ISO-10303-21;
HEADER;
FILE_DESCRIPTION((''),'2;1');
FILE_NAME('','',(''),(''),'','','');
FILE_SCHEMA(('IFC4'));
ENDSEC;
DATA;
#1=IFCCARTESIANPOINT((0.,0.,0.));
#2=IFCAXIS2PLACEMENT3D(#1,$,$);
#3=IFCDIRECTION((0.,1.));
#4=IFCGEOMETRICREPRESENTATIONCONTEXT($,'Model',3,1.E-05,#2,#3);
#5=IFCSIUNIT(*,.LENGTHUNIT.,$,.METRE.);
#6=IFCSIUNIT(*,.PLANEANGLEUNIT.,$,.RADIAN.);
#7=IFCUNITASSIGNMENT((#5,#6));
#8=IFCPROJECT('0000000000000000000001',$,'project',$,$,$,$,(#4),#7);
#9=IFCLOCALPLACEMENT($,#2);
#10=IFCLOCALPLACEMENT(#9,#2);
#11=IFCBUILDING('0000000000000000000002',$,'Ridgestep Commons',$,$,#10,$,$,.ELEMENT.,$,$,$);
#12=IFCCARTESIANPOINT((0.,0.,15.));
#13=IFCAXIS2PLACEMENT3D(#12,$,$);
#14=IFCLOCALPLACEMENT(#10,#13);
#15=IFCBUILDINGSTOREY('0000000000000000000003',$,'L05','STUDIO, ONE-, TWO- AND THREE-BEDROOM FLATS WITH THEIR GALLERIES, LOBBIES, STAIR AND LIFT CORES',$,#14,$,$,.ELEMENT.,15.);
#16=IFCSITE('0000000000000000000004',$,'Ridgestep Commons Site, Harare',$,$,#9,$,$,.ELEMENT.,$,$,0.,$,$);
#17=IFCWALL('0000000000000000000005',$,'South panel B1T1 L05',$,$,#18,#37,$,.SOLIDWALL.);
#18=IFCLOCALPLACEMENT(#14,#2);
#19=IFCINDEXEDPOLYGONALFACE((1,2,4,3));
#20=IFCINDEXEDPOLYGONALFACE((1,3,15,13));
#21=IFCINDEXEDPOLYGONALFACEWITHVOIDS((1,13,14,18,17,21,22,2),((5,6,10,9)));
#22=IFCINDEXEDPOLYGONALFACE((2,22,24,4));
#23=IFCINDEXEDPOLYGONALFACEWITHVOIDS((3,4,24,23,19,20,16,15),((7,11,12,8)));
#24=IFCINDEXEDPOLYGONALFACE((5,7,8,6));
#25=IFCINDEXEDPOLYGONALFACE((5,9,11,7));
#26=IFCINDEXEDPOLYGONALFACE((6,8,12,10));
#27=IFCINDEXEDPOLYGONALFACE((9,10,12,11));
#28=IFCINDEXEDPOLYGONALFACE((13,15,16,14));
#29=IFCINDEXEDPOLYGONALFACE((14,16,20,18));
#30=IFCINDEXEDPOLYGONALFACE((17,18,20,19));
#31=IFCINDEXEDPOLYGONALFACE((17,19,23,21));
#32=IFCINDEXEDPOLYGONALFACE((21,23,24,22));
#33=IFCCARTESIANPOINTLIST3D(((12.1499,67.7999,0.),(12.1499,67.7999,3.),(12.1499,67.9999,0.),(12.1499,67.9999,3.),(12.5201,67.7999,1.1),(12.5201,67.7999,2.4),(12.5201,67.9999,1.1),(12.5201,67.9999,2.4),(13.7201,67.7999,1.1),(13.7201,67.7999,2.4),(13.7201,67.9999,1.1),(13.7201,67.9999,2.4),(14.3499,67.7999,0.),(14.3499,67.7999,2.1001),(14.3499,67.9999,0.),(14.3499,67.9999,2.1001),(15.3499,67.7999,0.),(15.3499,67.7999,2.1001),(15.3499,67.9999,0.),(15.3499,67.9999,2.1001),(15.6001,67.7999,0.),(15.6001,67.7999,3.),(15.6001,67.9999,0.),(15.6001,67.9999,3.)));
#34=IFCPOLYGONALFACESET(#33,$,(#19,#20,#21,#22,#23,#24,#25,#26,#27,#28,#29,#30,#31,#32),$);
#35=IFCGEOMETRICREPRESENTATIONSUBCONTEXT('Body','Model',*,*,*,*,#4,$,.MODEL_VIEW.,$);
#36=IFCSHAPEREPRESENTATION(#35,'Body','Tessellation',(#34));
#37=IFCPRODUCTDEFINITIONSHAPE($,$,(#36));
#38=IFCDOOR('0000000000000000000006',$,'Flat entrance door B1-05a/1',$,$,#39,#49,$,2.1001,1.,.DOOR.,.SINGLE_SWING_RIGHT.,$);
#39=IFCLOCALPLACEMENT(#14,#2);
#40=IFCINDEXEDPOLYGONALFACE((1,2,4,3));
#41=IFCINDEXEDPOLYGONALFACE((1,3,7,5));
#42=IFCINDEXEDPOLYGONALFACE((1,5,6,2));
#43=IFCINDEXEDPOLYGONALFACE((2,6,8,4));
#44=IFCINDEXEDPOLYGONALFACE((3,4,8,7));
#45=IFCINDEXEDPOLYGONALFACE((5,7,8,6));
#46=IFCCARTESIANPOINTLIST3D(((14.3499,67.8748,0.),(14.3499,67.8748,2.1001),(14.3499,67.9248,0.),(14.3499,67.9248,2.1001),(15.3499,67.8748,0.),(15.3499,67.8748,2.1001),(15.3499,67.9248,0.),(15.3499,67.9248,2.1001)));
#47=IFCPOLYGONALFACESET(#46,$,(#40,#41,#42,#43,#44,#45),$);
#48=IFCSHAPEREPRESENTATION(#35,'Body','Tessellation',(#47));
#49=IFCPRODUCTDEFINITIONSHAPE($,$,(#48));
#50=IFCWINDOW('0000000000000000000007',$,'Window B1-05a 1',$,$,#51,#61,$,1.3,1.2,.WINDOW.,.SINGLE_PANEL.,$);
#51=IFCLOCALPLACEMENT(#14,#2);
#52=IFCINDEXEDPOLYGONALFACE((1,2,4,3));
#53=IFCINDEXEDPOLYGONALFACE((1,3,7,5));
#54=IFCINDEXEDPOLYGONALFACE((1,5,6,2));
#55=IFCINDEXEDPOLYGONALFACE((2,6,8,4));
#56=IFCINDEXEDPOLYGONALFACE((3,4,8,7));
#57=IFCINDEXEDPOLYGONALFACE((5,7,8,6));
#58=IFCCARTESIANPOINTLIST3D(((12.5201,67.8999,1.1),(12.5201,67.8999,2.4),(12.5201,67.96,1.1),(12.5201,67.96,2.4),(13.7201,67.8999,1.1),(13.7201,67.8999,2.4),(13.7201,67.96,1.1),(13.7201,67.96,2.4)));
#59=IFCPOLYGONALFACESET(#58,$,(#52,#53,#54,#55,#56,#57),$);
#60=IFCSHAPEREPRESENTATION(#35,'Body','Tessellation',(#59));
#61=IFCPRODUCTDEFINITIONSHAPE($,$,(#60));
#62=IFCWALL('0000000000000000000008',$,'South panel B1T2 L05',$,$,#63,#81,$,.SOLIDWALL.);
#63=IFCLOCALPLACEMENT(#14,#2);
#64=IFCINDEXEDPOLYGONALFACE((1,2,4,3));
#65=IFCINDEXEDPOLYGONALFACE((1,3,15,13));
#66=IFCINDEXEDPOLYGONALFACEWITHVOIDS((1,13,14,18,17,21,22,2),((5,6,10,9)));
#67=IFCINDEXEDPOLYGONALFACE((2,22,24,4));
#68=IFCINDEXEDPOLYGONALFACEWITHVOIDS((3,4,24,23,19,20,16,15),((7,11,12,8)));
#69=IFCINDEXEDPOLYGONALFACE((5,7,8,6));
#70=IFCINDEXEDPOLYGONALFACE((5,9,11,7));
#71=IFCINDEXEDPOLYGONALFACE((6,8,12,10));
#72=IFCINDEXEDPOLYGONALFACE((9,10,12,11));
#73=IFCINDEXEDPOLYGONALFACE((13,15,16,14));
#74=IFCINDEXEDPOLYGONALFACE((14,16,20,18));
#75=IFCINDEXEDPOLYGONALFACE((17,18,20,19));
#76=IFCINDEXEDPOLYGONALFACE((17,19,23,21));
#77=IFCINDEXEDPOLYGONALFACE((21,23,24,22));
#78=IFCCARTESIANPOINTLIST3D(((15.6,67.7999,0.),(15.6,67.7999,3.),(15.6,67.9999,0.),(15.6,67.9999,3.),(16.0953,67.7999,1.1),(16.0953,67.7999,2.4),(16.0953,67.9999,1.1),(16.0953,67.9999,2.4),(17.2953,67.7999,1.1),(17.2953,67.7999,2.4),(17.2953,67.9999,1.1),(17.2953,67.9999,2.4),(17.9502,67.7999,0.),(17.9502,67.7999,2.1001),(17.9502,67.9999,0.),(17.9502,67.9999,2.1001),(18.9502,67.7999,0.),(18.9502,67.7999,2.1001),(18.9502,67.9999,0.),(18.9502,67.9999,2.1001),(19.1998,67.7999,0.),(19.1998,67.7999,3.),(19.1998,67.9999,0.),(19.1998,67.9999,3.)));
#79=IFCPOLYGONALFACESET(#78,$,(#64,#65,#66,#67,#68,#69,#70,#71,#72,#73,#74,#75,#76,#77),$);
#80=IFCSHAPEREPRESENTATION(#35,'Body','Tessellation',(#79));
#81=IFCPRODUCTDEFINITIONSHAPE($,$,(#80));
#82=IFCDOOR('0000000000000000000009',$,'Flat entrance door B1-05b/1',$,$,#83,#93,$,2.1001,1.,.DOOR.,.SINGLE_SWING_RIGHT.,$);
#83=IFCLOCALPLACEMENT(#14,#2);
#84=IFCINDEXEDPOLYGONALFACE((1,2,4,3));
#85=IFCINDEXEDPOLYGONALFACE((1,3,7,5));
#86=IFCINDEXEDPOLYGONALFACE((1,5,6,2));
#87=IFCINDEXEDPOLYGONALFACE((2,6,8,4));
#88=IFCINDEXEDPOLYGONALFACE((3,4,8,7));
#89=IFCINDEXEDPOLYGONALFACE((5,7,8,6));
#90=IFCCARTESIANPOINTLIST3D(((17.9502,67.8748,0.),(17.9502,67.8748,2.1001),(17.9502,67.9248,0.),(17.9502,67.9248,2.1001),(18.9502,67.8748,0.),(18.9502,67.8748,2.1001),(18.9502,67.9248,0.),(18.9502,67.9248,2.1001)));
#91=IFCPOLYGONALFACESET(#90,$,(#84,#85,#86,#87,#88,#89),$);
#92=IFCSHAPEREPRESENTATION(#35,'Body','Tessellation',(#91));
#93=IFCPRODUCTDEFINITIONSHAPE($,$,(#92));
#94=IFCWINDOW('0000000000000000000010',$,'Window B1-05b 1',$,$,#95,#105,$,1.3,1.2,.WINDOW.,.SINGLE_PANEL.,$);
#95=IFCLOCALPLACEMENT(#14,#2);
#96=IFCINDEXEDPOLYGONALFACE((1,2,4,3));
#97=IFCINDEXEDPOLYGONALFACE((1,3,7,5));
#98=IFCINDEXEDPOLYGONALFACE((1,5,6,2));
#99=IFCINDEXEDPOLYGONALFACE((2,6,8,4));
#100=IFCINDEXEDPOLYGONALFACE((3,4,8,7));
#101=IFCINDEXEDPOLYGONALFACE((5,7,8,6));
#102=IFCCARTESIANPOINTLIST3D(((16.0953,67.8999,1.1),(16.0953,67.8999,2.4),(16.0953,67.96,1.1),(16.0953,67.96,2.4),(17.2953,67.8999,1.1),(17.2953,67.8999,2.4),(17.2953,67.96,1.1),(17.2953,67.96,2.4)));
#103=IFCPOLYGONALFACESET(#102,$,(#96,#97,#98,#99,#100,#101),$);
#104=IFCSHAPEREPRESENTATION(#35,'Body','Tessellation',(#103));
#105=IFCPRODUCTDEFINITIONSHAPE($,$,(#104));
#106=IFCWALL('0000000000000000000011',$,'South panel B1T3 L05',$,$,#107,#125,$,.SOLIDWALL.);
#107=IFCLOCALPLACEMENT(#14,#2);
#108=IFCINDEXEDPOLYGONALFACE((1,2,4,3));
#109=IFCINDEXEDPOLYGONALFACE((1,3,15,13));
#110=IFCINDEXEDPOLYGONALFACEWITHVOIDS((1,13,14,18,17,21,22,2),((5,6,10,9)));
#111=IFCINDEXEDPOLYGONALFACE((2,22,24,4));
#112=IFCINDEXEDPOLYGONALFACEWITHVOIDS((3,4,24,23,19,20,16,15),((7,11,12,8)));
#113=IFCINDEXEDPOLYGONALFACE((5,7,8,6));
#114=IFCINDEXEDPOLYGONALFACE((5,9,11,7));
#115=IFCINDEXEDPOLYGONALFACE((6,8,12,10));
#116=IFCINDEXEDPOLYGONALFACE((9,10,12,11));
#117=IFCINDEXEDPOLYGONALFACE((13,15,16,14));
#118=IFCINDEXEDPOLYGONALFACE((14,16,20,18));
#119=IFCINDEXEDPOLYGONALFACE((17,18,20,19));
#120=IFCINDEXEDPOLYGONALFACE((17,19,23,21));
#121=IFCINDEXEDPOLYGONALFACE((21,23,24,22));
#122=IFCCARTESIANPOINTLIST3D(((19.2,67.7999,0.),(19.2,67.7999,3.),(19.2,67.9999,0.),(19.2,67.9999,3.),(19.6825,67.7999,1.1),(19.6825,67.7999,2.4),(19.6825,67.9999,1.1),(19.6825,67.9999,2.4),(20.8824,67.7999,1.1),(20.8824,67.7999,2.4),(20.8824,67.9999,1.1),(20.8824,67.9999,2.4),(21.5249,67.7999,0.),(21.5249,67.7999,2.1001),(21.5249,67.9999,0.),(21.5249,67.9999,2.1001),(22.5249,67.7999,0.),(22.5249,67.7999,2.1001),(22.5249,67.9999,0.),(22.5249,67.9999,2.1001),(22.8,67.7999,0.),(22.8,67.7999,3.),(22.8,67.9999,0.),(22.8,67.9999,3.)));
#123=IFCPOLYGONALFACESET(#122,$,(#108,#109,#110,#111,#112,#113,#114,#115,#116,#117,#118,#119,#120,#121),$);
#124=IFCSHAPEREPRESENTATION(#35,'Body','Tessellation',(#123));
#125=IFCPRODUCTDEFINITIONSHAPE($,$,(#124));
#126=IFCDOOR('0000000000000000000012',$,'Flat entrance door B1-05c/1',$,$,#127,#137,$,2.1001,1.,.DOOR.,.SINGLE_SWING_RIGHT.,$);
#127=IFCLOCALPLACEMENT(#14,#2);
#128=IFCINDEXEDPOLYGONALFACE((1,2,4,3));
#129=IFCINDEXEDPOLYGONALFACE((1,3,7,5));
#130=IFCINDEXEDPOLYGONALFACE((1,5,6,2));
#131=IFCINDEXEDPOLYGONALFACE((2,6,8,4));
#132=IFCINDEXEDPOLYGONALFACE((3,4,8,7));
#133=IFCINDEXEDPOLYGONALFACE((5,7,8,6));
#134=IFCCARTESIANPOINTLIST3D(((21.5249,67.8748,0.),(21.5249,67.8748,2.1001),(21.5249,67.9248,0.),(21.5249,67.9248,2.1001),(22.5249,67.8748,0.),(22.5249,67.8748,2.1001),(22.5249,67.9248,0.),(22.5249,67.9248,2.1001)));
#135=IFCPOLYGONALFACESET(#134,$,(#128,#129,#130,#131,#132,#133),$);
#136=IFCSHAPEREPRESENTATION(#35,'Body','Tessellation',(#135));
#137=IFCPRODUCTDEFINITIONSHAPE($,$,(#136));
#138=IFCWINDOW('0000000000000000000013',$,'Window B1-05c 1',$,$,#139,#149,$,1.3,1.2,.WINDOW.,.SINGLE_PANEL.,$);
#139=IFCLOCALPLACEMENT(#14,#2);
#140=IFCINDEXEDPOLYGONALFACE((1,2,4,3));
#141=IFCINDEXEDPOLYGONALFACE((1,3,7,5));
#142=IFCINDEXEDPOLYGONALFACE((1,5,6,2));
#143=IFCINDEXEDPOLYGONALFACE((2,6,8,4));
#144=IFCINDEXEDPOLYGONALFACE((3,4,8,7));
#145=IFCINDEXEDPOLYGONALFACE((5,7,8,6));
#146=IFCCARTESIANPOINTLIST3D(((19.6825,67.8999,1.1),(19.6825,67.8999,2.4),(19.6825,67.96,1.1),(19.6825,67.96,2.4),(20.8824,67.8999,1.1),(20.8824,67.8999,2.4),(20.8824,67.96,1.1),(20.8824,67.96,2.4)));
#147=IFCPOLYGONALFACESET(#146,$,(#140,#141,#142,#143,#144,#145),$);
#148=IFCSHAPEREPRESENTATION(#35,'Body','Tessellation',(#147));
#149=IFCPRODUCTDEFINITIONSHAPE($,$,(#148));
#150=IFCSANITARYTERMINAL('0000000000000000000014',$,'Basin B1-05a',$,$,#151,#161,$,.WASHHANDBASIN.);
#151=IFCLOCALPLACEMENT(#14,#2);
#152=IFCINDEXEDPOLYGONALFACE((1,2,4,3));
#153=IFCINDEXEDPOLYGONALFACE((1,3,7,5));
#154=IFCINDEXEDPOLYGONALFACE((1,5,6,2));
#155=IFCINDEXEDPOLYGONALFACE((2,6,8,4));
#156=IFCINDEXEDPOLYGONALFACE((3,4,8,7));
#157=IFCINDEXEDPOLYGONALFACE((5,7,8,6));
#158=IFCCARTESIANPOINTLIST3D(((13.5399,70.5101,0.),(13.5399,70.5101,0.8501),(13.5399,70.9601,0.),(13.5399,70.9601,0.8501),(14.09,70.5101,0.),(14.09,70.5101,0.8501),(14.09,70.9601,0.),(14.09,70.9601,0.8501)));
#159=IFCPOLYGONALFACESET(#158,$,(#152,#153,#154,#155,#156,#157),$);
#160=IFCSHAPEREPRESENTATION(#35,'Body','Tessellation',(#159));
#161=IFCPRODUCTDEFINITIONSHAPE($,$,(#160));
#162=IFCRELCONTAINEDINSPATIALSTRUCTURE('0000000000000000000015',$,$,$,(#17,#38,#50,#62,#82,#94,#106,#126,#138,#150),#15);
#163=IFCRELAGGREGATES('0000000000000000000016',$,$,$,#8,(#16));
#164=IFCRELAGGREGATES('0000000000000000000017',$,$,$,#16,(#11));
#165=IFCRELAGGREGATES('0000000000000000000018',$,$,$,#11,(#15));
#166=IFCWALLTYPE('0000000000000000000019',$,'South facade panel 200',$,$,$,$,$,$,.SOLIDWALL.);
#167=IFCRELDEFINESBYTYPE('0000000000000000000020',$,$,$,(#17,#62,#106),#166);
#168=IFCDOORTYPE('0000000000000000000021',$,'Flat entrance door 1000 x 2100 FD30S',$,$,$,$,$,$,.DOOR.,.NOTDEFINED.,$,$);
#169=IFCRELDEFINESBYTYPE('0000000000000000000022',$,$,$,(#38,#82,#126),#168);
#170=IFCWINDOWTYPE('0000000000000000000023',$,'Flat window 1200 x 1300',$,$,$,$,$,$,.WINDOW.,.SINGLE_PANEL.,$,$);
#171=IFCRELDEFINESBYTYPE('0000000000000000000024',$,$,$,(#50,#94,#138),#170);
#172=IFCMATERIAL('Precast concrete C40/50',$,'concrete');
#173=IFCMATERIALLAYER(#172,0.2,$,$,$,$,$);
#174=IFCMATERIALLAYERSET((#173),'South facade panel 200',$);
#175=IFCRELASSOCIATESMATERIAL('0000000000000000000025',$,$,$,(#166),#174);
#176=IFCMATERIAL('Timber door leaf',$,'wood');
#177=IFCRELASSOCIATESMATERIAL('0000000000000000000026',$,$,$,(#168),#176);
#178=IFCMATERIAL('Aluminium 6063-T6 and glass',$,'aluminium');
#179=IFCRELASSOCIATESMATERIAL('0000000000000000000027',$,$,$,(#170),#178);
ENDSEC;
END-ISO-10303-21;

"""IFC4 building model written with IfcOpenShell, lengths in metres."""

from ifc_helpers import new_model, si_unit, direction, frame, frame_2d, origin, origin_2d, place, context, subcontext, project, spatial, rectangle, extrude, material, layer, layer_set, type_object, element, fill, save


model = new_model("IFC4")

# Units and contexts
model_context = context("Model", 3, precision=1e-05, world=origin(), true_north=direction((0.0, 1.0)))
body_context = subcontext(model_context, "Body", "Model", "MODEL_VIEW")
ifc_project = project(units=[si_unit("LENGTHUNIT", "METRE"), si_unit("PLANEANGLEUNIT", "RADIAN")], contexts=[model_context])

# Site, building, storey
site_placement = place(None, origin())
site = spatial("IfcSite", under=ifc_project, at=site_placement, Name="Ridgestep Commons Site, Harare", CompositionType="ELEMENT", RefElevation=0.0)
building_placement = place(site_placement, origin())
building = spatial("IfcBuilding", under=site, at=building_placement, Name="Ridgestep Commons", CompositionType="ELEMENT")
storey_placement = place(building_placement, frame((0.0, 0.0, 15.0)))
storey = spatial("IfcBuildingStorey", under=building, at=storey_placement, Name="L05", Description="STUDIO, ONE-, TWO- AND THREE-BEDROOM FLATS WITH THEIR GALLERIES, LOBBIES, STAIR AND LIFT CORES", CompositionType="ELEMENT", Elevation=15.0)

# Walls, openings, doors, windows
ifc_material_1 = material(Name="Precast concrete C40/50", Category="concrete")
ifc_layer_1 = layer(ifc_material_1, 0.2)
ifc_layer_set_1 = layer_set([ifc_layer_1], Name="South facade panel 200")
wall_type_1 = type_object("IfcWallType", Name="South facade panel 200", PredefinedType="SOLIDWALL", material=ifc_layer_set_1)
wall_1_placement = place(storey_placement, frame((12.1499, 67.8999, 0.0), z_axis=(0.0, 0.0, 1.0), x_axis=(1.0, 0.0, 0.0)))
wall_1 = element("IfcWall", 1, at=wall_1_placement, inside=storey, type_object=wall_type_1, Name="South panel B1T1 L05", PredefinedType="SOLIDWALL", context=body_context, shape_type="SweptSolid", body=[
    extrude(rectangle(XDim=3.4502, YDim=0.2, at=frame_2d((1.7251, 0.0))), origin(), (0.0, 0.0, 1.0), 3.0),
])
opening_1_placement = place(wall_1_placement, frame((0.3701, 0.0, 1.1001)))
opening_1 = element("IfcOpeningElement", 2, at=opening_1_placement, cuts=wall_1, PredefinedType="OPENING", context=body_context, shape_type="SweptSolid", body=[
    extrude(rectangle(XDim=1.2, YDim=1.3, at=frame_2d((0.6001, 0.6499))), frame((0.0, 0.1099, 0.0), z_axis=(0.0, -1.0, 0.0), x_axis=(1.0, 0.0, 0.0)), (0.0, 0.0, 1.0), 0.22),
])
opening_2_placement = place(wall_1_placement, frame((2.2, 0.0, 0.0)))
opening_2 = element("IfcOpeningElement", 3, at=opening_2_placement, cuts=wall_1, PredefinedType="OPENING", context=body_context, shape_type="SweptSolid", body=[
    extrude(rectangle(XDim=1.0, YDim=2.1001, at=frame_2d((0.5, 1.05))), frame((0.0, 0.1099, 0.0), z_axis=(0.0, -1.0, 0.0), x_axis=(1.0, 0.0, 0.0)), (0.0, 0.0, 1.0), 0.22),
])
ifc_material_2 = material(Name="Timber door leaf", Category="wood")
door_type_1 = type_object("IfcDoorType", Name="Flat entrance door 1000 x 2100 FD30S", OperationType="NOTDEFINED", PredefinedType="DOOR", material=ifc_material_2)
door_1_placement = place(opening_2_placement, origin())
door_1 = element("IfcDoor", 4, at=door_1_placement, inside=storey, type_object=door_type_1, Name="Flat entrance door B1-05a/1", OperationType="SINGLE_SWING_RIGHT", OverallHeight=2.1001, OverallWidth=1.0, PredefinedType="DOOR", context=body_context, shape_type="SweptSolid", body=[
    extrude(rectangle(XDim=1.0, YDim=2.1001, at=frame_2d((0.5, 1.05))), frame((0.0, 0.0249, 0.0), z_axis=(0.0, -1.0, 0.0), x_axis=(1.0, 0.0, 0.0)), (0.0, 0.0, 1.0), 0.05),
])
fill(opening_2, door_1)
ifc_material_3 = material(Name="Aluminium 6063-T6 and glass", Category="aluminium")
window_type = type_object("IfcWindowType", Name="Flat window 1200 x 1300", PartitioningType="SINGLE_PANEL", PredefinedType="WINDOW", material=ifc_material_3)
window_1_placement = place(opening_1_placement, origin())
window_1 = element("IfcWindow", 5, at=window_1_placement, inside=storey, type_object=window_type, Name="Window B1-05a 1", OverallHeight=1.3, OverallWidth=1.2, PartitioningType="SINGLE_PANEL", PredefinedType="WINDOW", context=body_context, shape_type="SweptSolid", body=[
    extrude(rectangle(XDim=1.2, YDim=1.3, at=frame_2d((0.6001, 0.6499))), frame((0.0, 0.0601, 0.0), z_axis=(0.0, -1.0, 0.0), x_axis=(1.0, 0.0, 0.0)), (0.0, 0.0, 1.0), 0.0601),
])
fill(opening_1, window_1)
wall_2_placement = place(storey_placement, frame((15.6001, 67.8999, 0.0), z_axis=(0.0, 0.0, 1.0), x_axis=(1.0, 0.0, 0.0)))
wall_2 = element("IfcWall", 6, at=wall_2_placement, inside=storey, type_object=wall_type_1, Name="South panel B1T2 L05", PredefinedType="SOLIDWALL", context=body_context, shape_type="SweptSolid", body=[
    extrude(rectangle(XDim=3.5999, YDim=0.2, at=frame_2d((1.7998, 0.0))), origin(), (0.0, 0.0, 1.0), 3.0),
])
opening_3_placement = place(wall_2_placement, frame((0.4951, 0.0, 1.1001)))
opening_3 = element("IfcOpeningElement", 7, at=opening_3_placement, cuts=wall_2, PredefinedType="OPENING", context=body_context, shape_type="SweptSolid", body=[
    extrude(rectangle(XDim=1.2, YDim=1.3, at=frame_2d((0.6001, 0.6499))), frame((0.0, 0.1099, 0.0), z_axis=(0.0, -1.0, 0.0), x_axis=(1.0, 0.0, 0.0)), (0.0, 0.0, 1.0), 0.22),
])
opening_4_placement = place(wall_2_placement, frame((2.3501, 0.0, 0.0)))
opening_4 = element("IfcOpeningElement", 8, at=opening_4_placement, cuts=wall_2, PredefinedType="OPENING", context=body_context, shape_type="SweptSolid", body=[
    extrude(rectangle(XDim=1.0, YDim=2.1001, at=frame_2d((0.5, 1.05))), frame((0.0, 0.1099, 0.0), z_axis=(0.0, -1.0, 0.0), x_axis=(1.0, 0.0, 0.0)), (0.0, 0.0, 1.0), 0.22),
])
door_2_placement = place(opening_4_placement, origin())
door_2 = element("IfcDoor", 9, at=door_2_placement, inside=storey, type_object=door_type_1, Name="Flat entrance door B1-05b/1", OperationType="SINGLE_SWING_RIGHT", OverallHeight=2.1001, OverallWidth=1.0, PredefinedType="DOOR", context=body_context, shape_type="SweptSolid", body=[
    extrude(rectangle(XDim=1.0, YDim=2.1001, at=frame_2d((0.5, 1.05))), frame((0.0, 0.0249, 0.0), z_axis=(0.0, -1.0, 0.0), x_axis=(1.0, 0.0, 0.0)), (0.0, 0.0, 1.0), 0.05),
])
fill(opening_4, door_2)
window_2_placement = place(opening_3_placement, origin())
window_2 = element("IfcWindow", 10, at=window_2_placement, inside=storey, type_object=window_type, Name="Window B1-05b 1", OverallHeight=1.3, OverallWidth=1.2, PartitioningType="SINGLE_PANEL", PredefinedType="WINDOW", context=body_context, shape_type="SweptSolid", body=[
    extrude(rectangle(XDim=1.2, YDim=1.3, at=frame_2d((0.6001, 0.6499))), frame((0.0, 0.0601, 0.0), z_axis=(0.0, -1.0, 0.0), x_axis=(1.0, 0.0, 0.0)), (0.0, 0.0, 1.0), 0.0601),
])
fill(opening_3, window_2)
wall_3_placement = place(storey_placement, frame((19.2, 67.8999, 0.0), z_axis=(0.0, 0.0, 1.0), x_axis=(1.0, 0.0, 0.0)))
wall_3 = element("IfcWall", 11, at=wall_3_placement, inside=storey, type_object=wall_type_1, Name="South panel B1T3 L05", PredefinedType="SOLIDWALL", context=body_context, shape_type="SweptSolid", body=[
    extrude(rectangle(XDim=3.6001, YDim=0.2, at=frame_2d((1.8, 0.0))), origin(), (0.0, 0.0, 1.0), 3.0),
])
opening_5_placement = place(wall_3_placement, frame((0.4824, 0.0, 1.1001)))
opening_5 = element("IfcOpeningElement", 12, at=opening_5_placement, cuts=wall_3, PredefinedType="OPENING", context=body_context, shape_type="SweptSolid", body=[
    extrude(rectangle(XDim=1.2, YDim=1.3, at=frame_2d((0.6001, 0.6499))), frame((0.0, 0.1099, 0.0), z_axis=(0.0, -1.0, 0.0), x_axis=(1.0, 0.0, 0.0)), (0.0, 0.0, 1.0), 0.22),
])
opening_6_placement = place(wall_3_placement, frame((2.325, 0.0, 0.0)))
opening_6 = element("IfcOpeningElement", 13, at=opening_6_placement, cuts=wall_3, PredefinedType="OPENING", context=body_context, shape_type="SweptSolid", body=[
    extrude(rectangle(XDim=1.0, YDim=2.1001, at=frame_2d((0.5, 1.05))), frame((0.0, 0.1099, 0.0), z_axis=(0.0, -1.0, 0.0), x_axis=(1.0, 0.0, 0.0)), (0.0, 0.0, 1.0), 0.22),
])
door_3_placement = place(opening_6_placement, origin())
door_3 = element("IfcDoor", 14, at=door_3_placement, inside=storey, type_object=door_type_1, Name="Flat entrance door B1-05c/1", OperationType="SINGLE_SWING_RIGHT", OverallHeight=2.1001, OverallWidth=1.0, PredefinedType="DOOR", context=body_context, shape_type="SweptSolid", body=[
    extrude(rectangle(XDim=1.0, YDim=2.1001, at=frame_2d((0.5, 1.05))), frame((0.0, 0.0249, 0.0), z_axis=(0.0, -1.0, 0.0), x_axis=(1.0, 0.0, 0.0)), (0.0, 0.0, 1.0), 0.05),
])
fill(opening_6, door_3)
window_3_placement = place(opening_5_placement, origin())
window_3 = element("IfcWindow", 15, at=window_3_placement, inside=storey, type_object=window_type, Name="Window B1-05c 1", OverallHeight=1.3, OverallWidth=1.2, PartitioningType="SINGLE_PANEL", PredefinedType="WINDOW", context=body_context, shape_type="SweptSolid", body=[
    extrude(rectangle(XDim=1.2, YDim=1.3, at=frame_2d((0.6001, 0.6499))), frame((0.0, 0.0601, 0.0), z_axis=(0.0, -1.0, 0.0), x_axis=(1.0, 0.0, 0.0)), (0.0, 0.0, 1.0), 0.0601),
])
fill(opening_5, window_3)

# Sanitary terminal
sanitary_terminal_1_placement = place(storey_placement, frame((13.8149, 70.7351, 0.0), z_axis=(0.0, 0.0, 1.0), x_axis=(1.0, 0.0, 0.0)))
element("IfcSanitaryTerminal", 16, at=sanitary_terminal_1_placement, inside=storey, Name="Basin B1-05a", PredefinedType="WASHHANDBASIN", context=body_context, shape_type="SweptSolid", body=[
    extrude(rectangle(XDim=0.55, YDim=0.45, at=origin_2d()), origin(), (0.0, 0.0, 1.0), 0.8501),
])

save(model, "model.ifc")
